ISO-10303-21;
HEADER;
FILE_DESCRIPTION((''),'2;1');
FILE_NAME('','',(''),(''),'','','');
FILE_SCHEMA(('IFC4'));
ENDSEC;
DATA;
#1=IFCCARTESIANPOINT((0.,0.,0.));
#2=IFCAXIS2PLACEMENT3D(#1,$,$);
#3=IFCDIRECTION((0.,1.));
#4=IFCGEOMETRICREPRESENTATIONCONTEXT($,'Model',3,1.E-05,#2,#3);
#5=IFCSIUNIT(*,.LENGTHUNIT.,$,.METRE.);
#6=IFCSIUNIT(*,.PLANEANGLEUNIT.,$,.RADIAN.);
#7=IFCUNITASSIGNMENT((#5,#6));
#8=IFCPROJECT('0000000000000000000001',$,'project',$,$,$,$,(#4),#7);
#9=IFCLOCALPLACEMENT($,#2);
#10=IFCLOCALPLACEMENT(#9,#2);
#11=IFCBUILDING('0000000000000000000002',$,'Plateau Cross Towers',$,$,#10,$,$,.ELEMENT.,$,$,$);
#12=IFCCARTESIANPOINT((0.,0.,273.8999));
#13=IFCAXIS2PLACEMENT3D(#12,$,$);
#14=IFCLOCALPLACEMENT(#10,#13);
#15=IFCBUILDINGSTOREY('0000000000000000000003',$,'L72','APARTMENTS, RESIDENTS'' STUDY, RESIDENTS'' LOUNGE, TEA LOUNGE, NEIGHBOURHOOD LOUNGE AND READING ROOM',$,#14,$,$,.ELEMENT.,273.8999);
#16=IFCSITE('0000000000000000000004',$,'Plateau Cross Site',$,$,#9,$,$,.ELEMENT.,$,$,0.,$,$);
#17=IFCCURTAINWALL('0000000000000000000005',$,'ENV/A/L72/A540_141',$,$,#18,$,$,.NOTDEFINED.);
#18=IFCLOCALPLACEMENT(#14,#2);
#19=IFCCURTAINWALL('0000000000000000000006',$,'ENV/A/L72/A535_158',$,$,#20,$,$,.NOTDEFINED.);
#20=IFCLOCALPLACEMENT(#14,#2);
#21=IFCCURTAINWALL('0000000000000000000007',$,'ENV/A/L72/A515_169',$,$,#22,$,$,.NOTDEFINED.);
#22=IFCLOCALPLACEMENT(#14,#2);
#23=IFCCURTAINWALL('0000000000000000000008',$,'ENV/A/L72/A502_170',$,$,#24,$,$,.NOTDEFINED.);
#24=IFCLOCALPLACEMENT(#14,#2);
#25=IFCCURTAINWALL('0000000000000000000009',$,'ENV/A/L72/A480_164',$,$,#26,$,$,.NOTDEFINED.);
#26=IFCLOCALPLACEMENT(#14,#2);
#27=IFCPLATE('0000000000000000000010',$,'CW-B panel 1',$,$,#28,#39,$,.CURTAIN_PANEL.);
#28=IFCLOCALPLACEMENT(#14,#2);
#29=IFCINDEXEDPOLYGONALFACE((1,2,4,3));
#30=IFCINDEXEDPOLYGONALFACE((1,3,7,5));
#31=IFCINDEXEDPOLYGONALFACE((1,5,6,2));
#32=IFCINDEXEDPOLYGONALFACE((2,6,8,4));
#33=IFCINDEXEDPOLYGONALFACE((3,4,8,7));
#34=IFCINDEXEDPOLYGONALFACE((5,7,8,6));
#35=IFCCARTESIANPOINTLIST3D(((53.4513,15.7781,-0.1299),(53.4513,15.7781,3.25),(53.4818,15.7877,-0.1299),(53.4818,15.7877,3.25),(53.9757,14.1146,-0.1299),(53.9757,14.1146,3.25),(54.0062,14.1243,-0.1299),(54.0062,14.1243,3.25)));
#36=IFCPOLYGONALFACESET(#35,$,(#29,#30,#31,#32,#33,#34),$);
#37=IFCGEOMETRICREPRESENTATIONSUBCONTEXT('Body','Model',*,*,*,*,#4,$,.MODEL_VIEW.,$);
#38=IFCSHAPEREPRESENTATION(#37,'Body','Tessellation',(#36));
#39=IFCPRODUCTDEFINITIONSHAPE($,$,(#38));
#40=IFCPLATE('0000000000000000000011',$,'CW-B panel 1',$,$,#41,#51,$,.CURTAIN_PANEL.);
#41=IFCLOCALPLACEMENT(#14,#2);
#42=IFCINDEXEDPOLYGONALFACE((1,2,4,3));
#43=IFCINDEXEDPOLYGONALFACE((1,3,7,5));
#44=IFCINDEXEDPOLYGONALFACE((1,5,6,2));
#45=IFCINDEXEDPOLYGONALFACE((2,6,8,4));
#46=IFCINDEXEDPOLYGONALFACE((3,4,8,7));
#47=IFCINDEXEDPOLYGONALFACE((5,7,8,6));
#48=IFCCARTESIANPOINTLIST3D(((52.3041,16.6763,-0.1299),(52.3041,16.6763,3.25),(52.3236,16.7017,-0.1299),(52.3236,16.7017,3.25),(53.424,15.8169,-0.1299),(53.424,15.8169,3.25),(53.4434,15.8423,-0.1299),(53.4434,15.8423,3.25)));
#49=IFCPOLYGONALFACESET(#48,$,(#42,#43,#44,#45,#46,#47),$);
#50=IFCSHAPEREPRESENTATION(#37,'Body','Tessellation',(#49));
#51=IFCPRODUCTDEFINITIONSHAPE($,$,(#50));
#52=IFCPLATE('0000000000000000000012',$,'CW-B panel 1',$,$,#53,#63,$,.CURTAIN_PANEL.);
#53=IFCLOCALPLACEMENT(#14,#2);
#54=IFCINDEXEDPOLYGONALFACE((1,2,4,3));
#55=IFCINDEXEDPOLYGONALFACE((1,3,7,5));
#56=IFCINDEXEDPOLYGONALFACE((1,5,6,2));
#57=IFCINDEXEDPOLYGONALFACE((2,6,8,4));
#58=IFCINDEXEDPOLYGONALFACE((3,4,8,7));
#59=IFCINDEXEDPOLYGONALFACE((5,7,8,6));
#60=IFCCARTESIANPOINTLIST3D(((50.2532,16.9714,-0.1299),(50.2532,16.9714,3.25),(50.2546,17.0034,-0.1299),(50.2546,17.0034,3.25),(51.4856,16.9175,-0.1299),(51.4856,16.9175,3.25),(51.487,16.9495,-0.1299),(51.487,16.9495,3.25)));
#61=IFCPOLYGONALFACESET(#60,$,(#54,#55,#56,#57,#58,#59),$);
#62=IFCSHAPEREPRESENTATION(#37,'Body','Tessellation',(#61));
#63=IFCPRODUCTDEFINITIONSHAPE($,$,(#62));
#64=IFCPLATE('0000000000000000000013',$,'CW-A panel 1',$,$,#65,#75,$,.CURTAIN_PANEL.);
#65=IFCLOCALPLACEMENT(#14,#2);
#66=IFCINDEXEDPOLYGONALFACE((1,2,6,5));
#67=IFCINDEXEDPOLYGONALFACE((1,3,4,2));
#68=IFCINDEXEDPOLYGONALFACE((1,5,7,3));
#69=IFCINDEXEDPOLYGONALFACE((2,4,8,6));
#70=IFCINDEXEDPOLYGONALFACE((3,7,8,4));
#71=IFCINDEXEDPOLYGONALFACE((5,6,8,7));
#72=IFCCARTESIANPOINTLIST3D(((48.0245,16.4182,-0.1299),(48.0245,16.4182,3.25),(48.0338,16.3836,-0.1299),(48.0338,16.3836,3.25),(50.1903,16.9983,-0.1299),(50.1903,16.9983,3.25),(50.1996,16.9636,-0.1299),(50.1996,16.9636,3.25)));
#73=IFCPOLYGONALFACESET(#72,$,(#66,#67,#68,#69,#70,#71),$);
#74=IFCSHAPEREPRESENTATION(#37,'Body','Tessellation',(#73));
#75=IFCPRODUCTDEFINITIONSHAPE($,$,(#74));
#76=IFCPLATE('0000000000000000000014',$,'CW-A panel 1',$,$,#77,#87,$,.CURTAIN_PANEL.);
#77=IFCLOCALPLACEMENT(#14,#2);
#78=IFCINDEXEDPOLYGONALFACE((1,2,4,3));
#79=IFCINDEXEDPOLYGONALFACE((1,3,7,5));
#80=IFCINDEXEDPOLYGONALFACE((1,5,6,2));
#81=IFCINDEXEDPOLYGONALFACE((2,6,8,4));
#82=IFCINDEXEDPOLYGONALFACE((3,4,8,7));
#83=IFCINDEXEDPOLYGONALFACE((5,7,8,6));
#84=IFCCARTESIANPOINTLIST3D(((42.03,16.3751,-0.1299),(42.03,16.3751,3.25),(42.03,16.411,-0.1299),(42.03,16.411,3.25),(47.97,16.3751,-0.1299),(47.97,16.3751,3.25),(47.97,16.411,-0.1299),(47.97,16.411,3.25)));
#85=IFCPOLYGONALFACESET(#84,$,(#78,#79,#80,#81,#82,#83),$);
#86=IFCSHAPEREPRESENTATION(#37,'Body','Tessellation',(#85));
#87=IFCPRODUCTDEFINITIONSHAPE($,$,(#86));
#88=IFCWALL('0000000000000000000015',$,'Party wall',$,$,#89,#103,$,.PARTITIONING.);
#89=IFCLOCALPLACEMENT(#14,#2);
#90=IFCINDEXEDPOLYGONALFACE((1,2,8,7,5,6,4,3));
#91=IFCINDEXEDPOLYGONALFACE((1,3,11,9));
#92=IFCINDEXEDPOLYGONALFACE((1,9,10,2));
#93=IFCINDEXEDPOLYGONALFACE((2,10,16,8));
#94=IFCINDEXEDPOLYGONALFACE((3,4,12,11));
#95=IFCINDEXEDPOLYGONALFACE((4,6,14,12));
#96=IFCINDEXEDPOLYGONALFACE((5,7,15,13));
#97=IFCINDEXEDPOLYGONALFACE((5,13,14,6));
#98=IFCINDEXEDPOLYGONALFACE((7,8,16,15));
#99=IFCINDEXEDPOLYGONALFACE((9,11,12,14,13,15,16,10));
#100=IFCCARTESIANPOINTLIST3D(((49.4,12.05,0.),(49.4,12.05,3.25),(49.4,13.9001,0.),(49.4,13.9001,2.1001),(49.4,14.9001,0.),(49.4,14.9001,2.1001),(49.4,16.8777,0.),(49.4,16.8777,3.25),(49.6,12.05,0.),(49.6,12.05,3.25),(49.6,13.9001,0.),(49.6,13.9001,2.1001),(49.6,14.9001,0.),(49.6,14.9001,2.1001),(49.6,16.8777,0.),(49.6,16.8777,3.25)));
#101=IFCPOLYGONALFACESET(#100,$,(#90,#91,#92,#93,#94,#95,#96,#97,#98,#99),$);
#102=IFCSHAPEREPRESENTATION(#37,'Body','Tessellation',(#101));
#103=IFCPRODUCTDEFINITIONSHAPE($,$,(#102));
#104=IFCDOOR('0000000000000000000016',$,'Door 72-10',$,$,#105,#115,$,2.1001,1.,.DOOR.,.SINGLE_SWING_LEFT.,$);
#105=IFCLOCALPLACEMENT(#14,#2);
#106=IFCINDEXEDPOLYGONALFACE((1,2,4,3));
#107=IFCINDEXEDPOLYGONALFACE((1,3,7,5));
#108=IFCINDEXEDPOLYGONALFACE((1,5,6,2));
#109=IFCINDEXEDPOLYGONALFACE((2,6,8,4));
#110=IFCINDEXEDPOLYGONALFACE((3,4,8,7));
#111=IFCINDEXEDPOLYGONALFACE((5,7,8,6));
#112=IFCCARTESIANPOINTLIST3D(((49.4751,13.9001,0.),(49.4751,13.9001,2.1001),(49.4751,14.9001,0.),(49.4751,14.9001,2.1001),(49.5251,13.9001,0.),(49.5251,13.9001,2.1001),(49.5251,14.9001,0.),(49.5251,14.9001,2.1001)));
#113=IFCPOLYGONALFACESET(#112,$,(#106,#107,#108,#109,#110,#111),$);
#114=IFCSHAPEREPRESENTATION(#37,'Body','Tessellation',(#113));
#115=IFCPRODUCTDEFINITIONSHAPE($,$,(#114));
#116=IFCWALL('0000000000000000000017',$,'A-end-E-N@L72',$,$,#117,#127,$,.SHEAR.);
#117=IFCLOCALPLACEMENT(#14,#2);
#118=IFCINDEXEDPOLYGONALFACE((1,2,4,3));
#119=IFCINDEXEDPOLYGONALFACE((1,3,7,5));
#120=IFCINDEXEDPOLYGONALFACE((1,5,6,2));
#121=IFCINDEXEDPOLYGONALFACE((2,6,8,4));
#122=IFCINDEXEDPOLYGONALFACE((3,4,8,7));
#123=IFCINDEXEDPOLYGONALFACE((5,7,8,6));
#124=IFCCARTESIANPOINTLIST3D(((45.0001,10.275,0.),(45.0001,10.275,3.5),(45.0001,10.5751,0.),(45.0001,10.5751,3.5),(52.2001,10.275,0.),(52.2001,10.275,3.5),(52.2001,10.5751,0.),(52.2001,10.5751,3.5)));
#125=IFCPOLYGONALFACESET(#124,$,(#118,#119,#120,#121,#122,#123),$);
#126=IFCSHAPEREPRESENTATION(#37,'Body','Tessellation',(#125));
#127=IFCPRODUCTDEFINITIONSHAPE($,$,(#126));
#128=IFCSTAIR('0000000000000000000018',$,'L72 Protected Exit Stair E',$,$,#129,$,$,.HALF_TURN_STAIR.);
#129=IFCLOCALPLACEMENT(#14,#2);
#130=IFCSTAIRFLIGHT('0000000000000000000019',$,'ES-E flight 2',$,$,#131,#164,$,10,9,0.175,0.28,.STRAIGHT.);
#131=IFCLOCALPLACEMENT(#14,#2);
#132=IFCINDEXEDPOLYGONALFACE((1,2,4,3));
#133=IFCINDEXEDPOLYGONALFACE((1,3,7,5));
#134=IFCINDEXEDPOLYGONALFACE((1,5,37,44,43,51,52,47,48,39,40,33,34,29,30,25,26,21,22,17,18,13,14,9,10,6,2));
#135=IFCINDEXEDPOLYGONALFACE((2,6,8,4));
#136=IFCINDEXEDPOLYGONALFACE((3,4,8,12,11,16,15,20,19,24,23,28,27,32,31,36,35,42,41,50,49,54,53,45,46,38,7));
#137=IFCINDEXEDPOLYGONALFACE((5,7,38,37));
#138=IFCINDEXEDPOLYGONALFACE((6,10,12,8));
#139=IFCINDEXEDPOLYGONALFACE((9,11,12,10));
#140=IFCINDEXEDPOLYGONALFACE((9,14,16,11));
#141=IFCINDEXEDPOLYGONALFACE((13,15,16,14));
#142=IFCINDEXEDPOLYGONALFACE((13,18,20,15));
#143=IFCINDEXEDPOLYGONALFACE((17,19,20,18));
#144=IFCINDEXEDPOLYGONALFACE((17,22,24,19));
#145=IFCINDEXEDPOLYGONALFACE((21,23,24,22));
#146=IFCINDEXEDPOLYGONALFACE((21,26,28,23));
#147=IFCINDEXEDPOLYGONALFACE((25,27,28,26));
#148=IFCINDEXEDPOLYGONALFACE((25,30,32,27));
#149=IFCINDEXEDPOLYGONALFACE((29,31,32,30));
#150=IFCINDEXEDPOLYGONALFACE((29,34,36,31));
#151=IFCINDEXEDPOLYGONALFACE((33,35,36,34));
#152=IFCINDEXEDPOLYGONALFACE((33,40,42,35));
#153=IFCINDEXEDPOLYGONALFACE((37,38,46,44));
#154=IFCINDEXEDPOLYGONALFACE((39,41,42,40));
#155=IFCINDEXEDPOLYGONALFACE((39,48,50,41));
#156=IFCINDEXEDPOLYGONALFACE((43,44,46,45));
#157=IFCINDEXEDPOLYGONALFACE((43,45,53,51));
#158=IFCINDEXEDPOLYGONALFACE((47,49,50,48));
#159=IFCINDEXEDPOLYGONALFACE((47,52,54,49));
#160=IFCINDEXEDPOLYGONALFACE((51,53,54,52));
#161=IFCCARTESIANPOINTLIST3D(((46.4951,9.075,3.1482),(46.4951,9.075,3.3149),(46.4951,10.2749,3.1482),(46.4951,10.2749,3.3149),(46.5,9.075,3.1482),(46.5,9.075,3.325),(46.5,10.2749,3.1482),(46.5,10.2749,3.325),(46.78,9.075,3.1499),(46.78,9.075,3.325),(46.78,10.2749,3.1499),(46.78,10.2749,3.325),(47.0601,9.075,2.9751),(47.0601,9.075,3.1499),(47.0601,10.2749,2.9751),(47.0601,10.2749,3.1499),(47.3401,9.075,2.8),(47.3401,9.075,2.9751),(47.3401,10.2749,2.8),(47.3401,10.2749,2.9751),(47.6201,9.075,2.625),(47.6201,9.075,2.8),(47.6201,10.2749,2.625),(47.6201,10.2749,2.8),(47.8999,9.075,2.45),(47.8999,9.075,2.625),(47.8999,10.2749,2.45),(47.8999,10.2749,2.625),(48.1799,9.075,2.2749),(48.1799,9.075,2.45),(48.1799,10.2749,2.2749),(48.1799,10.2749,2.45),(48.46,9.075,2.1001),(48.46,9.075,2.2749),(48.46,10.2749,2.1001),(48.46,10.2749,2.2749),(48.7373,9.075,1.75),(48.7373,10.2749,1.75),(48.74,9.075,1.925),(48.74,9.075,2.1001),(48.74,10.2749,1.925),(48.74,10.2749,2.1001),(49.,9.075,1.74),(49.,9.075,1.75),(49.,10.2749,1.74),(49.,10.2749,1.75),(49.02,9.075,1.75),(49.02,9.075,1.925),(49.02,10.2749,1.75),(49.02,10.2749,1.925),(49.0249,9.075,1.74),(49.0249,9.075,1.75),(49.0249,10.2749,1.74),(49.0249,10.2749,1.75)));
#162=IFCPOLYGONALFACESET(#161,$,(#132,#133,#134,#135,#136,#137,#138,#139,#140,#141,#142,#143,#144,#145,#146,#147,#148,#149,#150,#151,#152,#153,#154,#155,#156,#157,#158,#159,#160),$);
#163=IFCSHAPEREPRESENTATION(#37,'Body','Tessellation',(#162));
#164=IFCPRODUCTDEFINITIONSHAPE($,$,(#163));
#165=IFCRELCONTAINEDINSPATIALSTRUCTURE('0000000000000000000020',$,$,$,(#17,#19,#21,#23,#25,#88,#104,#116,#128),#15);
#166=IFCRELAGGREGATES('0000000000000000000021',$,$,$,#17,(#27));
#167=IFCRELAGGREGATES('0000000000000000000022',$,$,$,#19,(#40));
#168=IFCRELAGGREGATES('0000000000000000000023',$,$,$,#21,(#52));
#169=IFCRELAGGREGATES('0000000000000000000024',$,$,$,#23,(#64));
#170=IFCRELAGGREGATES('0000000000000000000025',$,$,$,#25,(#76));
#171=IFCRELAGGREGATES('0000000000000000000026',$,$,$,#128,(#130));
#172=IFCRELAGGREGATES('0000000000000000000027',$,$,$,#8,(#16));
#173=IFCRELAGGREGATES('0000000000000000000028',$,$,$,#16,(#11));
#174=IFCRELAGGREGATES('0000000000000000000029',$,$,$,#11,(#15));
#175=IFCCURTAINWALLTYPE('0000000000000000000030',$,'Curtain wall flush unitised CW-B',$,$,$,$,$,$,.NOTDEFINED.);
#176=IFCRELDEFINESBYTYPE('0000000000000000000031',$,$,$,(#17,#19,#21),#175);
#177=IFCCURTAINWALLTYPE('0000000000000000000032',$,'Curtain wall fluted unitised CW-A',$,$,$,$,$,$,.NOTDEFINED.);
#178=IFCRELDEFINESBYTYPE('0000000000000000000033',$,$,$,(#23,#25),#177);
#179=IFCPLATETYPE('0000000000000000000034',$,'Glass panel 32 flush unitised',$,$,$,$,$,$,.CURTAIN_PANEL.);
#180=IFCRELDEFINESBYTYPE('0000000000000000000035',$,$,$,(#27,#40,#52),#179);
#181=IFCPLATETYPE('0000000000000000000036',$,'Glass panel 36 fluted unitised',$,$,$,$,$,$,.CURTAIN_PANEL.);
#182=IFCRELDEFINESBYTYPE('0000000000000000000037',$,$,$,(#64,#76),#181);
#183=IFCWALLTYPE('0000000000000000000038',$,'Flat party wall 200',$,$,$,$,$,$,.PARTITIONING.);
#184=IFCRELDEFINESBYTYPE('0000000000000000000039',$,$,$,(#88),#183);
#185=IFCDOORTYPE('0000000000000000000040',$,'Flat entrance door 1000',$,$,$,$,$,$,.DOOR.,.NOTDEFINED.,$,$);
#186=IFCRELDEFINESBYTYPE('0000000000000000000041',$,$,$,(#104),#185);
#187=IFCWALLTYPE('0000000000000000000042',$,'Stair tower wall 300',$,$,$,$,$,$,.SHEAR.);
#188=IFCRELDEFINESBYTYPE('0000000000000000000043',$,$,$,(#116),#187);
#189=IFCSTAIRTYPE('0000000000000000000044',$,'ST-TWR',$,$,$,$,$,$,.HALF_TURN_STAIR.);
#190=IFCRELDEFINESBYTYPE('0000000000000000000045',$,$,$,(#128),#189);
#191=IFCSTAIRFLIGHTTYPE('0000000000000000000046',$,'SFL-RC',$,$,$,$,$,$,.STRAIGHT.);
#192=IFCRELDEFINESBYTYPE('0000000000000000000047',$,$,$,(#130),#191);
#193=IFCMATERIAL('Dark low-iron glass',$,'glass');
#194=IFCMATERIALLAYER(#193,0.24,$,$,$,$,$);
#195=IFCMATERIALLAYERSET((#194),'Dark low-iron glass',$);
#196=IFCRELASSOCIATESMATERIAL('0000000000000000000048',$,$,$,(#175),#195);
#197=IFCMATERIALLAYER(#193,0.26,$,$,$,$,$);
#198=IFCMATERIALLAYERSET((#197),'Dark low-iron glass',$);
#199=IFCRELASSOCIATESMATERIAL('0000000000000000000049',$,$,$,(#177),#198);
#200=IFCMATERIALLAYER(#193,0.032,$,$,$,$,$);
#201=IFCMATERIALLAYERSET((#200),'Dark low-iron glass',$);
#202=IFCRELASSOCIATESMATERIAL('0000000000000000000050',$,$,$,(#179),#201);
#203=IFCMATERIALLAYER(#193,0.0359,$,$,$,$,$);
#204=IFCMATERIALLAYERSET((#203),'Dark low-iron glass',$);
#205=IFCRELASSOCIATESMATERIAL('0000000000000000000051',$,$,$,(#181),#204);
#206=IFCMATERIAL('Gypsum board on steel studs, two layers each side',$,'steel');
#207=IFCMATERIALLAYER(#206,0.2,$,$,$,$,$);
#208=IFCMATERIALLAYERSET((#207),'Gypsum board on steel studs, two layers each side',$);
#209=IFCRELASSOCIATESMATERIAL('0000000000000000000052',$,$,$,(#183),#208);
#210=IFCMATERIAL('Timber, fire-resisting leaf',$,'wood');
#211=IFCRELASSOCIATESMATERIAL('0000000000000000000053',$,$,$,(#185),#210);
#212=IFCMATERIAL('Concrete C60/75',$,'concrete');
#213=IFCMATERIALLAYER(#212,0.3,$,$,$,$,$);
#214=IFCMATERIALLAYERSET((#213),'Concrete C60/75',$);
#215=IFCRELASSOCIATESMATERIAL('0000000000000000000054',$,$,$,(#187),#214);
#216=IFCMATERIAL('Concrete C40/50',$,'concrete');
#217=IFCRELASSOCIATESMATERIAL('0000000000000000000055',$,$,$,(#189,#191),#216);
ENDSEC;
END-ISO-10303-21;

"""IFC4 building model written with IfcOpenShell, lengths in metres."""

from ifc_helpers import new_model, si_unit, direction, frame, frame_2d, origin, origin_2d, place, context, subcontext, project, spatial, polyline, rectangle, outline, extrude, material, layer, layer_set, type_object, element, fill, aggregate, save


model = new_model("IFC4")

# Units and contexts
model_context = context("Model", 3, precision=1e-05, world=origin(), true_north=direction((0.0, 1.0)))
body_context = subcontext(model_context, "Body", "Model", "MODEL_VIEW")
ifc_project = project(units=[si_unit("LENGTHUNIT", "METRE"), si_unit("PLANEANGLEUNIT", "RADIAN")], contexts=[model_context])

# Site, building, storey
site_placement = place(None, origin())
site = spatial("IfcSite", under=ifc_project, at=site_placement, Name="Plateau Cross Site", CompositionType="ELEMENT", RefElevation=0.0)
building_placement = place(site_placement, origin())
building = spatial("IfcBuilding", under=site, at=building_placement, Name="Plateau Cross Towers", CompositionType="ELEMENT")
storey_placement = place(building_placement, frame((0.0, 0.0, 273.8999)))
storey = spatial("IfcBuildingStorey", under=building, at=storey_placement, Name="L72", Description="APARTMENTS, RESIDENTS' STUDY, RESIDENTS' LOUNGE, TEA LOUNGE, NEIGHBOURHOOD LOUNGE AND READING ROOM", CompositionType="ELEMENT", Elevation=273.8999)

# Shared definitions
ifc_material_1 = material(Name="Concrete C60/75", Category="concrete")

# Curtain wall
ifc_material_2 = material(Name="Dark low-iron glass", Category="glass")
ifc_layer_1 = layer(ifc_material_2, 0.24)
ifc_layer_set_1 = layer_set([ifc_layer_1], Name="Dark low-iron glass")
curtain_wall_type_1 = type_object("IfcCurtainWallType", Name="Curtain wall flush unitised CW-B", PredefinedType="NOTDEFINED", material=ifc_layer_set_1)
curtain_wall_1_placement = place(storey_placement, origin())
curtain_wall_1 = element("IfcCurtainWall", 1, at=curtain_wall_1_placement, inside=storey, type_object=curtain_wall_type_1, Name="ENV/A/L72/A540_141", PredefinedType="NOTDEFINED")

# Curtain wall
curtain_wall_2_placement = place(storey_placement, origin())
curtain_wall_2 = element("IfcCurtainWall", 2, at=curtain_wall_2_placement, inside=storey, type_object=curtain_wall_type_1, Name="ENV/A/L72/A535_158", PredefinedType="NOTDEFINED")

# Curtain walls
curtain_wall_3_placement = place(storey_placement, origin())
curtain_wall_3 = element("IfcCurtainWall", 3, at=curtain_wall_3_placement, inside=storey, type_object=curtain_wall_type_1, Name="ENV/A/L72/A515_169", PredefinedType="NOTDEFINED")
ifc_layer_2 = layer(ifc_material_2, 0.26)
ifc_layer_set_2 = layer_set([ifc_layer_2], Name="Dark low-iron glass")
curtain_wall_type_2 = type_object("IfcCurtainWallType", Name="Curtain wall fluted unitised CW-A", PredefinedType="NOTDEFINED", material=ifc_layer_set_2)
curtain_wall_4_placement = place(storey_placement, origin())
curtain_wall_4 = element("IfcCurtainWall", 4, at=curtain_wall_4_placement, inside=storey, type_object=curtain_wall_type_2, Name="ENV/A/L72/A502_170", PredefinedType="NOTDEFINED")
curtain_wall_5_placement = place(storey_placement, origin())
curtain_wall_5 = element("IfcCurtainWall", 5, at=curtain_wall_5_placement, inside=storey, type_object=curtain_wall_type_2, Name="ENV/A/L72/A480_164", PredefinedType="NOTDEFINED")

# Plates
ifc_layer_3 = layer(ifc_material_2, 0.032)
ifc_layer_set_3 = layer_set([ifc_layer_3], Name="Dark low-iron glass")
plate_type_1 = type_object("IfcPlateType", Name="Glass panel 32 flush unitised", PredefinedType="CURTAIN_PANEL", material=ifc_layer_set_3)
plate_1_placement = place(storey_placement, frame((53.7288, 14.9512, -0.1299), z_axis=(0.0, 0.0, 1.0), x_axis=(-0.300686, 0.953723, 0.0)))
plate_1 = element("IfcPlate", 6, at=plate_1_placement, type_object=plate_type_1, Name="CW-B panel 1", PredefinedType="CURTAIN_PANEL", context=body_context, shape_type="SweptSolid", body=[
    extrude(rectangle(XDim=1.7441, YDim=0.032, at=origin_2d()), origin(), (0.0, 0.0, 1.0), 3.3799),
])
aggregate(curtain_wall_1, [plate_1])
plate_2_placement = place(storey_placement, frame((52.8738, 16.2593, -0.1299), z_axis=(0.0, 0.0, 1.0), x_axis=(-0.793316, 0.608811, 0.0)))
plate_2 = element("IfcPlate", 7, at=plate_2_placement, type_object=plate_type_1, Name="CW-B panel 1", PredefinedType="CURTAIN_PANEL", context=body_context, shape_type="SweptSolid", body=[
    extrude(rectangle(XDim=1.4116, YDim=0.032, at=origin_2d()), origin(), (0.0, 0.0, 1.0), 3.3799),
])
aggregate(curtain_wall_2, [plate_2])
plate_3_placement = place(storey_placement, frame((50.8701, 16.9604, -0.1299), z_axis=(0.0, 0.0, 1.0), x_axis=(-0.999044, 0.043723, 0.0)))
plate_3 = element("IfcPlate", 8, at=plate_3_placement, type_object=plate_type_1, Name="CW-B panel 1", PredefinedType="CURTAIN_PANEL", context=body_context, shape_type="SweptSolid", body=[
    extrude(rectangle(XDim=1.2336, YDim=0.032, at=origin_2d()), origin(), (0.0, 0.0, 1.0), 3.3799),
])
aggregate(curtain_wall_3, [plate_3])
ifc_layer_4 = layer(ifc_material_2, 0.0359)
ifc_layer_set_4 = layer_set([ifc_layer_4], Name="Dark low-iron glass")
plate_type_2 = type_object("IfcPlateType", Name="Glass panel 36 fluted unitised", PredefinedType="CURTAIN_PANEL", material=ifc_layer_set_4)
plate_4_placement = place(storey_placement, frame((49.1121, 16.6909, -0.1299), z_axis=(0.0, 0.0, 1.0), x_axis=(-0.965958, -0.258699, 0.0)))
plate_4 = element("IfcPlate", 9, at=plate_4_placement, type_object=plate_type_2, Name="CW-A panel 1", PredefinedType="CURTAIN_PANEL", context=body_context, shape_type="SweptSolid", body=[
    extrude(rectangle(XDim=2.2422, YDim=0.0359, at=origin_2d()), origin(), (0.0, 0.0, 1.0), 3.3799),
])
aggregate(curtain_wall_4, [plate_4])
plate_5_placement = place(storey_placement, frame((45.0, 16.3931, -0.1299), z_axis=(0.0, 0.0, 1.0), x_axis=(-1.0, 0.0, 0.0)))
plate_5 = element("IfcPlate", 10, at=plate_5_placement, type_object=plate_type_2, Name="CW-A panel 1", PredefinedType="CURTAIN_PANEL", context=body_context, shape_type="SweptSolid", body=[
    extrude(rectangle(XDim=5.9399, YDim=0.0359, at=origin_2d()), origin(), (0.0, 0.0, 1.0), 3.3799),
])
aggregate(curtain_wall_5, [plate_5])

# Wall, opening, door
ifc_material_3 = material(Name="Gypsum board on steel studs, two layers each side", Category="steel")
ifc_layer_5 = layer(ifc_material_3, 0.2)
ifc_layer_set_5 = layer_set([ifc_layer_5], Name="Gypsum board on steel studs, two layers each side")
wall_type_1 = type_object("IfcWallType", Name="Flat party wall 200", PredefinedType="PARTITIONING", material=ifc_layer_set_5)
wall_1_placement = place(storey_placement, frame((49.5, 12.05, 0.0), z_axis=(0.0, 0.0, 1.0), x_axis=(0.0, 1.0, 0.0)))
wall_1 = element("IfcWall", 11, at=wall_1_placement, inside=storey, type_object=wall_type_1, Name="Party wall", PredefinedType="PARTITIONING", context=body_context, shape_type="SweptSolid", body=[
    extrude(rectangle(XDim=4.8276, YDim=0.2, at=frame_2d((2.4138, 0.0))), origin(), (0.0, 0.0, 1.0), 3.25),
])
opening_placement = place(wall_1_placement, frame((1.8501, 0.0, 0.0)))
opening = element("IfcOpeningElement", 12, at=opening_placement, cuts=wall_1, PredefinedType="OPENING", context=body_context, shape_type="SweptSolid", body=[
    extrude(rectangle(XDim=1.0, YDim=2.1001, at=frame_2d((0.5, 1.05))), frame((0.0, 0.1099, 0.0), z_axis=(0.0, -1.0, 0.0), x_axis=(1.0, 0.0, 0.0)), (0.0, 0.0, 1.0), 0.22),
])
ifc_material_4 = material(Name="Timber, fire-resisting leaf", Category="wood")
door_type = type_object("IfcDoorType", Name="Flat entrance door 1000", OperationType="NOTDEFINED", PredefinedType="DOOR", material=ifc_material_4)
door_placement = place(opening_placement, origin())
door = element("IfcDoor", 13, at=door_placement, inside=storey, type_object=door_type, Name="Door 72-10", OperationType="SINGLE_SWING_LEFT", OverallHeight=2.1001, OverallWidth=1.0, PredefinedType="DOOR", context=body_context, shape_type="SweptSolid", body=[
    extrude(rectangle(XDim=1.0, YDim=2.1001, at=frame_2d((0.5, 1.05))), frame((0.0, 0.0249, 0.0), z_axis=(0.0, -1.0, 0.0), x_axis=(1.0, 0.0, 0.0)), (0.0, 0.0, 1.0), 0.05),
])
fill(opening, door)

# Wall
ifc_layer_6 = layer(ifc_material_1, 0.3)
ifc_layer_set_6 = layer_set([ifc_layer_6], Name="Concrete C60/75")
wall_type_2 = type_object("IfcWallType", Name="Stair tower wall 300", PredefinedType="SHEAR", material=ifc_layer_set_6)
wall_2_placement = place(storey_placement, frame((45.0, 10.425, 0.0), z_axis=(0.0, 0.0, 1.0), x_axis=(1.0, 0.0, 0.0)))
element("IfcWall", 14, at=wall_2_placement, inside=storey, type_object=wall_type_2, Name="A-end-E-N@L72", PredefinedType="SHEAR", context=body_context, shape_type="SweptSolid", body=[
    extrude(rectangle(XDim=7.2, YDim=0.3, at=frame_2d((3.6001, 0.0))), origin(), (0.0, 0.0, 1.0), 3.5),
])

# Stair, stair flight
ifc_material_5 = material(Name="Concrete C40/50", Category="concrete")
stair_type = type_object("IfcStairType", Name="ST-TWR", PredefinedType="HALF_TURN_STAIR", material=ifc_material_5)
stair_placement = place(storey_placement, origin())
stair = element("IfcStair", 15, at=stair_placement, inside=storey, type_object=stair_type, Name="L72 Protected Exit Stair E", PredefinedType="HALF_TURN_STAIR")
stair_flight_type = type_object("IfcStairFlightType", Name="SFL-RC", PredefinedType="STRAIGHT", material=ifc_material_5)
stair_flight_placement = place(storey_placement, frame((49.02, 9.675, 1.75), z_axis=(0.0, 0.0, 1.0), x_axis=(-1.0, 0.0, 0.0)))
stair_flight = element("IfcStairFlight", 16, at=stair_flight_placement, type_object=stair_flight_type, Name="ES-E flight 2", NumberOfRisers=10, NumberOfTreads=9, PredefinedType="STRAIGHT", RiserHeight=0.175, TreadLength=0.28, context=body_context, shape_type="SweptSolid", body=[
    extrude(outline(polyline([(-0.0049, -0.01), (-0.0049, 0.0), (0.0, 0.0), (0.0, 0.175), (0.28, 0.175), (0.28, 0.3501), (0.5601, 0.3501), (0.5601, 0.5249), (0.8401, 0.5249), (0.8401, 0.7), (1.1201, 0.7), (1.1201, 0.875), (1.3999, 0.875), (1.3999, 1.05), (1.6799, 1.05), (1.6799, 1.2251), (1.96, 1.2251), (1.96, 1.3999), (2.24, 1.3999), (2.24, 1.575), (2.52, 1.575), (2.5249, 1.5649), (2.5249, 1.3982), (2.52, 1.3982), (0.2827, 0.0), (0.02, 0.0), (0.02, -0.01), (-0.0049, -0.01)])), frame((0.0, 0.6001, 0.0), z_axis=(0.0, -1.0, 0.0), x_axis=(1.0, 0.0, 0.0)), (0.0, 0.0, 1.0), 1.2),
])
aggregate(stair, [stair_flight])

save(model, "model.ifc")
